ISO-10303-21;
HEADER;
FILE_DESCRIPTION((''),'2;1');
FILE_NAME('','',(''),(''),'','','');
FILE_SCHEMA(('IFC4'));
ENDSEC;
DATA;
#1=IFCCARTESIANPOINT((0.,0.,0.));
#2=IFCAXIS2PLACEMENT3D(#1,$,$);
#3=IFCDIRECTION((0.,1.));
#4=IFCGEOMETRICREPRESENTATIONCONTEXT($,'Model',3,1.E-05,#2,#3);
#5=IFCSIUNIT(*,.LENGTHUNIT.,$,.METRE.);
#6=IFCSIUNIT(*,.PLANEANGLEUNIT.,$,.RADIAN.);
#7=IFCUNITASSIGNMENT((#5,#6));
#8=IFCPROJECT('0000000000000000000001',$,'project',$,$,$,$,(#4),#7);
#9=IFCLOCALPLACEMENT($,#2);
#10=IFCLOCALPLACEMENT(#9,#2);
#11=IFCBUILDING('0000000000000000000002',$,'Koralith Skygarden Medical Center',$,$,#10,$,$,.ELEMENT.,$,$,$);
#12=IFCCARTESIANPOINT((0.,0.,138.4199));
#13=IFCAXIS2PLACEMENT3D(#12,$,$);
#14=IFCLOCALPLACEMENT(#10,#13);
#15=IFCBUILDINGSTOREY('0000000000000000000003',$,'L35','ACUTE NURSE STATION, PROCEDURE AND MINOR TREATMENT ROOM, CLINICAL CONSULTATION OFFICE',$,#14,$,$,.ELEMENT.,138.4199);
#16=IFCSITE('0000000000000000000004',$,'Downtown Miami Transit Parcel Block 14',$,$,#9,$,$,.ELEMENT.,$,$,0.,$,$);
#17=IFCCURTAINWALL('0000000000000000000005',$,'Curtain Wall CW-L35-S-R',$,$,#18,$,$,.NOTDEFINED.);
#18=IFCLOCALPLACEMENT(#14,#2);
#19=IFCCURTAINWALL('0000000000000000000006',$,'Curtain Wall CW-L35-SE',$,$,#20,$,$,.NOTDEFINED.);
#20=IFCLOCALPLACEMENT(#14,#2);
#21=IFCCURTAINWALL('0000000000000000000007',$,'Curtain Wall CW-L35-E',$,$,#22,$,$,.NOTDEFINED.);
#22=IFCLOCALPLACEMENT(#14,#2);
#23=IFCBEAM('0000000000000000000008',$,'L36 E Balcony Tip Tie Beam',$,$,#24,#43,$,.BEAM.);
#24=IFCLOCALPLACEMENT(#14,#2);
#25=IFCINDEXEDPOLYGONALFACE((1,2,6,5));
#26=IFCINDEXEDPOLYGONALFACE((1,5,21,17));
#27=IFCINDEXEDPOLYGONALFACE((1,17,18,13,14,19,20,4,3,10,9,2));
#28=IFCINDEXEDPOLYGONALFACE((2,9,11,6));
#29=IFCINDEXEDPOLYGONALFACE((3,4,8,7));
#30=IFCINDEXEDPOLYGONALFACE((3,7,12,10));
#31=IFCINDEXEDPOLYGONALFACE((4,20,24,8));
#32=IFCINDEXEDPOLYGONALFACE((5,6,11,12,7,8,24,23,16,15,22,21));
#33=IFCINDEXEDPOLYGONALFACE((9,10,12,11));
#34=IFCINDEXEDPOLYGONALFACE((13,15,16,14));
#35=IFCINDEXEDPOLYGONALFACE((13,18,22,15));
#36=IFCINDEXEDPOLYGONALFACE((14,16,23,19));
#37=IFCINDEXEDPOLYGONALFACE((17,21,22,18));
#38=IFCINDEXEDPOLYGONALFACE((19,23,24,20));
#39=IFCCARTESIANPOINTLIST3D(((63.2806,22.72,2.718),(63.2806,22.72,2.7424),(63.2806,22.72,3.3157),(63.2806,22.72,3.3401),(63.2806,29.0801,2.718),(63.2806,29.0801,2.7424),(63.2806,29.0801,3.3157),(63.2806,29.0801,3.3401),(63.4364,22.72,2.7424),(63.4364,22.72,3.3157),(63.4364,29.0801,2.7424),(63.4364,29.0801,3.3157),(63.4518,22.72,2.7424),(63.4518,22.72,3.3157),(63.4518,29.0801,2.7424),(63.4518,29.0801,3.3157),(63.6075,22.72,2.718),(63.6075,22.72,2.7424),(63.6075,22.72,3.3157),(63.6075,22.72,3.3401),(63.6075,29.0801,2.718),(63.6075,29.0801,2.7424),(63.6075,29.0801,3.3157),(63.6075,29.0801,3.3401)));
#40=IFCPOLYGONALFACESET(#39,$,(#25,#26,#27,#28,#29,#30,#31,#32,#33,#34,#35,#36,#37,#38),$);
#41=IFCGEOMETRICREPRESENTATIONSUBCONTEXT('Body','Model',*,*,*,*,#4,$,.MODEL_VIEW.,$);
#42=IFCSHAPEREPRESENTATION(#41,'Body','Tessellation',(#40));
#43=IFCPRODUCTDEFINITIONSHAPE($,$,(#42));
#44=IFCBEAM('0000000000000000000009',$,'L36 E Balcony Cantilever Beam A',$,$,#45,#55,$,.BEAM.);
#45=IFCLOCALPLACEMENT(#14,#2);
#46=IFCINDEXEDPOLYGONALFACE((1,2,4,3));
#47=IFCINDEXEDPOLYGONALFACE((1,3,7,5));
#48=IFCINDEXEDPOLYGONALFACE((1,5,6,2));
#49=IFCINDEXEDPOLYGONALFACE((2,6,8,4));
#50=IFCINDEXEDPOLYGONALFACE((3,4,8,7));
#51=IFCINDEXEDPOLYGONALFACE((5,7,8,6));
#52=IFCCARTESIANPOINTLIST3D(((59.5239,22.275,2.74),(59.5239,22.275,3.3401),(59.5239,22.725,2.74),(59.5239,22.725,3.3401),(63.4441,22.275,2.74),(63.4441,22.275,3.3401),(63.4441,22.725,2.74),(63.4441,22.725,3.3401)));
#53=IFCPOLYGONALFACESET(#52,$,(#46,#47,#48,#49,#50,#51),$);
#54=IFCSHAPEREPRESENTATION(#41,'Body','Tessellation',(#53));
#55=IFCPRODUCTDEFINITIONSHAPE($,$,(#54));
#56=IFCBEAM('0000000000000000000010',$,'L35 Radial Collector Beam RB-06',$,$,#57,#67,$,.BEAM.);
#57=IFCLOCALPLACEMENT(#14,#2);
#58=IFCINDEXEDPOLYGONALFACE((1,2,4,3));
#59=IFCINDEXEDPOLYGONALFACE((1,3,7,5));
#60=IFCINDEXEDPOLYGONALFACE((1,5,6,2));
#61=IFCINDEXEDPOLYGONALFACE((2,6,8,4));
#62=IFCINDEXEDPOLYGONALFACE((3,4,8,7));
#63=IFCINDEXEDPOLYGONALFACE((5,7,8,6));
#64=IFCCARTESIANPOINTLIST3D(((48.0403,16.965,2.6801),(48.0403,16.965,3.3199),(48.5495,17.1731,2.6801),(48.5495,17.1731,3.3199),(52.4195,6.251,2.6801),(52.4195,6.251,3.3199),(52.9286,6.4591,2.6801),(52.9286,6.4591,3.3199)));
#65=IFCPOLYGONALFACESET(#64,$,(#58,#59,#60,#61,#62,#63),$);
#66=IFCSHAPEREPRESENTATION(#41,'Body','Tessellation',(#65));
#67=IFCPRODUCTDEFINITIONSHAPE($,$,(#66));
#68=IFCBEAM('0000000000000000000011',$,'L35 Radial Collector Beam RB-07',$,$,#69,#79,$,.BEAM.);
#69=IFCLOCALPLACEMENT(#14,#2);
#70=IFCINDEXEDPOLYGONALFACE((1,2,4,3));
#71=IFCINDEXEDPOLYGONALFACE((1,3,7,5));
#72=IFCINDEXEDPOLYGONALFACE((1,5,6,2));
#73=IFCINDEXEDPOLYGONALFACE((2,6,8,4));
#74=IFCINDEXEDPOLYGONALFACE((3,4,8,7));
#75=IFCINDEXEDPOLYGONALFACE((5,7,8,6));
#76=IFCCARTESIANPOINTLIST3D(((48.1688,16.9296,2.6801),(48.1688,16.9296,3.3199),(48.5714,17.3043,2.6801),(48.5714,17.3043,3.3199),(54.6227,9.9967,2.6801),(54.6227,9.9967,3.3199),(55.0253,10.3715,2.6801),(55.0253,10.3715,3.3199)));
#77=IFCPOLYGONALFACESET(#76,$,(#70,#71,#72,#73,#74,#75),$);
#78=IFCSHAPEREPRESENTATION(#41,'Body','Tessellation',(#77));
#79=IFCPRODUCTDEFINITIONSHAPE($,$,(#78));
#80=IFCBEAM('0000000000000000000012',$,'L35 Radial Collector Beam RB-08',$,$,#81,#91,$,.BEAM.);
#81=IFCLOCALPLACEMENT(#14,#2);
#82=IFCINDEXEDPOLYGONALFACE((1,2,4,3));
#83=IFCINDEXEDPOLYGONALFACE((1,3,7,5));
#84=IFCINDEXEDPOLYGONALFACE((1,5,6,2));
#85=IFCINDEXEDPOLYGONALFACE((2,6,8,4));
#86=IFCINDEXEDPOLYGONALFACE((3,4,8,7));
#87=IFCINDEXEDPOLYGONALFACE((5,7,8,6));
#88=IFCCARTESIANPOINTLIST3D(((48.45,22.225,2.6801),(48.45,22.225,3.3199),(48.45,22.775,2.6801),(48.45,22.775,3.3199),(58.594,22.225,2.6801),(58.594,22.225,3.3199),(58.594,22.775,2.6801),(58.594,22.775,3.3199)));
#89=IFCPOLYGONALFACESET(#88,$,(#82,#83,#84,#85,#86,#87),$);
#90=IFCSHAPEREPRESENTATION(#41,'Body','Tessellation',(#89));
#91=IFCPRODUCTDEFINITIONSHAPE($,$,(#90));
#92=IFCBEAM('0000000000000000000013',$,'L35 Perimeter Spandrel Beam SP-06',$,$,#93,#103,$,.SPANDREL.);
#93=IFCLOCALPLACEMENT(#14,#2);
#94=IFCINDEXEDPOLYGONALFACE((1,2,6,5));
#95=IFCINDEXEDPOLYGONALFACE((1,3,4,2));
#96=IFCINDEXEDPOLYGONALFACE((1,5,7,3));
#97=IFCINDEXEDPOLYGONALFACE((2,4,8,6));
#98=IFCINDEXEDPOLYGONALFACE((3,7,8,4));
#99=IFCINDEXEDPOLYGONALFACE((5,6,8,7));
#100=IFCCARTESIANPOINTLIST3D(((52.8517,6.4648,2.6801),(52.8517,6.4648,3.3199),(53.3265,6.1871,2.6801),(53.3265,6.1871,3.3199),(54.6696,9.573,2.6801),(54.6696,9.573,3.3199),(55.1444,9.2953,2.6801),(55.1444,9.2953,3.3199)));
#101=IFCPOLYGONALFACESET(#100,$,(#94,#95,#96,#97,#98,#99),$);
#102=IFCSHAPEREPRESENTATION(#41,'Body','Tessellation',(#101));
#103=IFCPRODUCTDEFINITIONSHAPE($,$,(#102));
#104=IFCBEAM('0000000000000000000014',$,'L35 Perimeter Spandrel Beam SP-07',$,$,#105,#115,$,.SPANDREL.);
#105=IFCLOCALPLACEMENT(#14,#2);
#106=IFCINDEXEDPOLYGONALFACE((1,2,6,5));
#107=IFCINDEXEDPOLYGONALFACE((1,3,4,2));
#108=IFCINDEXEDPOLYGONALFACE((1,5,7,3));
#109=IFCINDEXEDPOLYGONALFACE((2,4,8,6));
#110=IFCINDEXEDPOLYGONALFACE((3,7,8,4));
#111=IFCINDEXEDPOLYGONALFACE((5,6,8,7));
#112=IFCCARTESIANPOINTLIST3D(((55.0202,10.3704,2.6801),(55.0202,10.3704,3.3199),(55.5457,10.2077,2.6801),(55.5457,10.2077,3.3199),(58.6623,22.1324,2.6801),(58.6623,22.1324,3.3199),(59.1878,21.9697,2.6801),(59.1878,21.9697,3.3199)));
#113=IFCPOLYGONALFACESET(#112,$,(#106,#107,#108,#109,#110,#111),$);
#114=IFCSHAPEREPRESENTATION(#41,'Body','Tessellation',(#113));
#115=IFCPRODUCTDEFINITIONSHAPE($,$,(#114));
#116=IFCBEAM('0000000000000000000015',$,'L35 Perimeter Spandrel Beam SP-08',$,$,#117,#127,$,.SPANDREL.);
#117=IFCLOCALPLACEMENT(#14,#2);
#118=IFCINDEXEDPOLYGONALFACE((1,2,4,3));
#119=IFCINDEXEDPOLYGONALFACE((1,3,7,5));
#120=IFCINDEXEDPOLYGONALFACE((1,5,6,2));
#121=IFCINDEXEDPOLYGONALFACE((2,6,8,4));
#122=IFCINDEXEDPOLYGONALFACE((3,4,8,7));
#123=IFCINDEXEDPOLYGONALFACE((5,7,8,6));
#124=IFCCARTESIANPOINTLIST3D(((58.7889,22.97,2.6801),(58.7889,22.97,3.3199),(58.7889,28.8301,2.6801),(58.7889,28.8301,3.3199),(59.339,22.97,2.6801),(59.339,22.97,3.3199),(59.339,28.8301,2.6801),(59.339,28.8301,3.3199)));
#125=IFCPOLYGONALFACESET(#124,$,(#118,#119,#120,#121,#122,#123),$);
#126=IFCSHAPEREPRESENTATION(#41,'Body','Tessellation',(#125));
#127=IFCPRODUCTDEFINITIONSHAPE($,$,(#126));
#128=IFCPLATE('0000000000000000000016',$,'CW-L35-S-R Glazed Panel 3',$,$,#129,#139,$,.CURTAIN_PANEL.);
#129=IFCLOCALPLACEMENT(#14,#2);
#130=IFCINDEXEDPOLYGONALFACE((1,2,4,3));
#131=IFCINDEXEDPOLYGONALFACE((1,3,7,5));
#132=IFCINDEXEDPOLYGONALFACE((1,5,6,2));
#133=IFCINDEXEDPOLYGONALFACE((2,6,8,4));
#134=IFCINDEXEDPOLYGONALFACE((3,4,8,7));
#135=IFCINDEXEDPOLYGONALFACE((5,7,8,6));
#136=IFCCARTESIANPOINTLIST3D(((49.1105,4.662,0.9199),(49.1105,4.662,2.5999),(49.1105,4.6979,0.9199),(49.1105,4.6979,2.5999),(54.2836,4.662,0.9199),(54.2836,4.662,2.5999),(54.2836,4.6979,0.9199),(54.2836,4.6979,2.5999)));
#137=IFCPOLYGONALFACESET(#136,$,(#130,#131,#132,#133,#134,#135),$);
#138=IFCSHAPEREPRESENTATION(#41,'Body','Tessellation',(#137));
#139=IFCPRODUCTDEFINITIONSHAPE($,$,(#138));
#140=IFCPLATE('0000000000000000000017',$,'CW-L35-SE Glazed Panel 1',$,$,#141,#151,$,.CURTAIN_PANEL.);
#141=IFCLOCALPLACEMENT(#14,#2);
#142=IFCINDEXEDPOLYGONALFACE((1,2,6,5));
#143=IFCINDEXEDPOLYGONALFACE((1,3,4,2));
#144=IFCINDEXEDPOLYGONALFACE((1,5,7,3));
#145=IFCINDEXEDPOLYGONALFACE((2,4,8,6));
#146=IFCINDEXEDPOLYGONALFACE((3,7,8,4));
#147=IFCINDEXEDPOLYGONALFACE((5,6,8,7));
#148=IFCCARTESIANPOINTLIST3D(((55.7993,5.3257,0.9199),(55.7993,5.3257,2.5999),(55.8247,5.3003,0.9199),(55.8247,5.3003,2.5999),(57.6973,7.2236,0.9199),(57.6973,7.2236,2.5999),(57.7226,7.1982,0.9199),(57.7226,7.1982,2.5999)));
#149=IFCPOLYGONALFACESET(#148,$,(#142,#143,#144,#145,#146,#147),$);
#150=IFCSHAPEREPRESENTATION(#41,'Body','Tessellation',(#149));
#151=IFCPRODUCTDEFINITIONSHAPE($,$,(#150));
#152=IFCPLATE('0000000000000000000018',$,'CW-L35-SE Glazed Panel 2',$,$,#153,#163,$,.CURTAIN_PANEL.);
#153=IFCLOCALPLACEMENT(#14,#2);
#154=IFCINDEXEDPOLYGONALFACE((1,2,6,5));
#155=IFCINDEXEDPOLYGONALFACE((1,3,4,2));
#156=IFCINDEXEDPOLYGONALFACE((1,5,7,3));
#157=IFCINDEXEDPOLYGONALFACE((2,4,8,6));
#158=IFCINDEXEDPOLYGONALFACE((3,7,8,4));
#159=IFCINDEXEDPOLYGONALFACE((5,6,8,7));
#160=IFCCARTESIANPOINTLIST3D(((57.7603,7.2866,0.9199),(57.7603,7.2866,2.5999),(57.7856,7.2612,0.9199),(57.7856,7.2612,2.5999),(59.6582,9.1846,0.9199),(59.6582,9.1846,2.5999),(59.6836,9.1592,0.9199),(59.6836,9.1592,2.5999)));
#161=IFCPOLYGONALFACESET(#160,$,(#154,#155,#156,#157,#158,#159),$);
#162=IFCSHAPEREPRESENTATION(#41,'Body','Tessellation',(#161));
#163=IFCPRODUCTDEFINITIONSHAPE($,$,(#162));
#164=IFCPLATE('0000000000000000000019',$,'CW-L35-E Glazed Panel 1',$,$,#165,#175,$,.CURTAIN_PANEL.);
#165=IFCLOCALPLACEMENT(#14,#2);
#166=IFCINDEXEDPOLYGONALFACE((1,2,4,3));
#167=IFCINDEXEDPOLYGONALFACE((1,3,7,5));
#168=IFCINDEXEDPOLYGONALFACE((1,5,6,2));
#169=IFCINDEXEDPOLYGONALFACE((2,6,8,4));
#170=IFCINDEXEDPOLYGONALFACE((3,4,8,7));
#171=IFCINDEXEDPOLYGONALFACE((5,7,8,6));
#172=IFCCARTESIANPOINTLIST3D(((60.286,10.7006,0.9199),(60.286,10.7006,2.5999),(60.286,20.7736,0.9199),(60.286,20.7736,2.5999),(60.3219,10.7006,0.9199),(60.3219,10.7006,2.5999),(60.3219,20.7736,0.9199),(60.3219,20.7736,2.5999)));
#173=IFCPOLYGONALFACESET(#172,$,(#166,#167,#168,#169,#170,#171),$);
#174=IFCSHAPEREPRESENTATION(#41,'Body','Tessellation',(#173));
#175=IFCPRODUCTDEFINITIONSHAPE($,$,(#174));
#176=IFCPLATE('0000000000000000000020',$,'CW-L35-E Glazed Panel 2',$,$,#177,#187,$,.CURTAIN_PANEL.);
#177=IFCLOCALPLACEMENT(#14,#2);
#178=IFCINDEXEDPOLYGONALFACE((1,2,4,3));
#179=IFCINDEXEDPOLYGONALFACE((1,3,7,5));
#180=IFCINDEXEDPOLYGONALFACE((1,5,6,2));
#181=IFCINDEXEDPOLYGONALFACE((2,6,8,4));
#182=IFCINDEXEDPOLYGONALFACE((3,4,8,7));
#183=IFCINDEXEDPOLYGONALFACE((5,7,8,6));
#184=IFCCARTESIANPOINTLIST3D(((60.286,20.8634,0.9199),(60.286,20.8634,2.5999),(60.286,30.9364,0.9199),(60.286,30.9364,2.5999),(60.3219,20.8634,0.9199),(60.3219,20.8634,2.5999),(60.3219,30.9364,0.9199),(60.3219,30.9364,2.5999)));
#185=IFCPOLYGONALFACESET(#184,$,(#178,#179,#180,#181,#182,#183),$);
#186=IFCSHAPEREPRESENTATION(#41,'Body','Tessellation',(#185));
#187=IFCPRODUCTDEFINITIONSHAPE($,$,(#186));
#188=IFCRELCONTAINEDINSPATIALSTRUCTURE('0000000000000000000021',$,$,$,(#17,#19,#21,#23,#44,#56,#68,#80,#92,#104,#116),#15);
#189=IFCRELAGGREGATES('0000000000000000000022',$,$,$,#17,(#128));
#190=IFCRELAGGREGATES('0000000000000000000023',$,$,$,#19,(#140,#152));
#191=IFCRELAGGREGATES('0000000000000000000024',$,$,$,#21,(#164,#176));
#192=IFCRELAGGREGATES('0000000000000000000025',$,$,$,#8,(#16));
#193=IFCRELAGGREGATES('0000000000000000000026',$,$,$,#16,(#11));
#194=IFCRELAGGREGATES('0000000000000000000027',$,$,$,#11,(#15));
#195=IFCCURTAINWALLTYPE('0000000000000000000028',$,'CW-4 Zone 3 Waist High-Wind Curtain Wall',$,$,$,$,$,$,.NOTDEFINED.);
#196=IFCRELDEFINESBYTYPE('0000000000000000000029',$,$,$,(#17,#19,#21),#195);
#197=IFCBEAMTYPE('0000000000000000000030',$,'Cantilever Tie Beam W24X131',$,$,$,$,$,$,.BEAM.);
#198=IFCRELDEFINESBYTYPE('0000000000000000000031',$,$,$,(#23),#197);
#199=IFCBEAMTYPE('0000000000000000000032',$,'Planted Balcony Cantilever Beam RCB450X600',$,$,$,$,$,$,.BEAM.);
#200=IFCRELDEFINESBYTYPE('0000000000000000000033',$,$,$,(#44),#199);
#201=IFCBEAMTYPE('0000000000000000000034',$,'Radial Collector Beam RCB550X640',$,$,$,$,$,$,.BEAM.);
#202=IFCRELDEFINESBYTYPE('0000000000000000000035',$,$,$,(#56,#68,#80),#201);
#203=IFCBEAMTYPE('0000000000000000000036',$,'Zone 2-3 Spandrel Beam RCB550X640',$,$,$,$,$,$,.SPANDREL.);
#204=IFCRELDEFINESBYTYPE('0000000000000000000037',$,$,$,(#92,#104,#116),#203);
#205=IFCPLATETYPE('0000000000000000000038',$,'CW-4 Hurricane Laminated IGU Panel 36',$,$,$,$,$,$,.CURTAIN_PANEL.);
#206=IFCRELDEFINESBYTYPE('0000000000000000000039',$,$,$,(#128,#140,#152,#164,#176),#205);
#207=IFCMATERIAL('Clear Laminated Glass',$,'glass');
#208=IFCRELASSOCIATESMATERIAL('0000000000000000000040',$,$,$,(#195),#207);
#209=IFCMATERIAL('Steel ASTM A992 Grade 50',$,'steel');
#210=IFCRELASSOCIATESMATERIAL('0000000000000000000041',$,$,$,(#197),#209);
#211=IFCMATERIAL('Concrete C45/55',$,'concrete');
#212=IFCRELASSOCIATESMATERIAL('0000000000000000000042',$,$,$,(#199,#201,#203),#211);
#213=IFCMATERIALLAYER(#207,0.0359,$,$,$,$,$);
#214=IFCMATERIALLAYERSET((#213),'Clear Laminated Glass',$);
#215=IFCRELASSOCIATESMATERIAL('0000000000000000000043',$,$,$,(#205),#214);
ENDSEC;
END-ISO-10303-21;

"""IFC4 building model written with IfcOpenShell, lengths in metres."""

from ifc_helpers import new_model, si_unit, direction, frame, origin, origin_2d, place, context, subcontext, project, spatial, rectangle, i_section, extrude, material, layer, layer_set, material_profile, profile_set, type_object, element, aggregate, save


model = new_model("IFC4")

# Units and contexts
model_context = context("Model", 3, precision=1e-05, world=origin(), true_north=direction((0.0, 1.0)))
body_context = subcontext(model_context, "Body", "Model", "MODEL_VIEW")
ifc_project = project(units=[si_unit("LENGTHUNIT", "METRE"), si_unit("PLANEANGLEUNIT", "RADIAN")], contexts=[model_context])

# Site, building, storey
site_placement = place(None, origin())
site = spatial("IfcSite", under=ifc_project, at=site_placement, Name="Downtown Miami Transit Parcel Block 14", CompositionType="ELEMENT", RefElevation=0.0)
building_placement = place(site_placement, origin())
building = spatial("IfcBuilding", under=site, at=building_placement, Name="Koralith Skygarden Medical Center", CompositionType="ELEMENT")
storey_placement = place(building_placement, frame((0.0, 0.0, 138.4199)))
storey = spatial("IfcBuildingStorey", under=building, at=storey_placement, Name="L35", Description="ACUTE NURSE STATION, PROCEDURE AND MINOR TREATMENT ROOM, CLINICAL CONSULTATION OFFICE", CompositionType="ELEMENT", Elevation=138.4199)

# Curtain walls
ifc_material_1 = material(Name="Clear Laminated Glass", Category="glass")
curtain_wall_type = type_object("IfcCurtainWallType", Name="CW-4 Zone 3 Waist High-Wind Curtain Wall", PredefinedType="NOTDEFINED", material=ifc_material_1)
curtain_wall_1_placement = place(storey_placement, origin())
curtain_wall_1 = element("IfcCurtainWall", 1, at=curtain_wall_1_placement, inside=storey, type_object=curtain_wall_type, Name="Curtain Wall CW-L35-S-R", PredefinedType="NOTDEFINED")
curtain_wall_2_placement = place(storey_placement, origin())
curtain_wall_2 = element("IfcCurtainWall", 2, at=curtain_wall_2_placement, inside=storey, type_object=curtain_wall_type, Name="Curtain Wall CW-L35-SE", PredefinedType="NOTDEFINED")
curtain_wall_3_placement = place(storey_placement, origin())
curtain_wall_3 = element("IfcCurtainWall", 3, at=curtain_wall_3_placement, inside=storey, type_object=curtain_wall_type, Name="Curtain Wall CW-L35-E", PredefinedType="NOTDEFINED")

# Beams
ifc_material_2 = material(Name="Steel ASTM A992 Grade 50", Category="steel")
ifc_material_profile_1 = material_profile(ifc_material_2, i_section(OverallWidth=0.3269, OverallDepth=0.6221, WebThickness=0.0154, FlangeThickness=0.0244, at=origin_2d()), Name="W24X131")
ifc_profile_set_1 = profile_set([ifc_material_profile_1], Name="Steel ASTM A992 Grade 50")
beam_type_1 = type_object("IfcBeamType", Name="Cantilever Tie Beam W24X131", PredefinedType="BEAM", material=ifc_profile_set_1)
beam_1_placement = place(storey_placement, frame((63.4441, 22.72, 3.0291), z_axis=(0.0, 1.0, 0.0), x_axis=(-1.0, 0.0, 0.0)))
element("IfcBeam", 4, at=beam_1_placement, inside=storey, type_object=beam_type_1, Name="L36 E Balcony Tip Tie Beam", PredefinedType="BEAM", context=body_context, shape_type="SweptSolid", body=[
    extrude(i_section(OverallWidth=0.3269, OverallDepth=0.6221, WebThickness=0.0154, FlangeThickness=0.0244, at=origin_2d()), origin(), (0.0, 0.0, 1.0), 6.3601),
])
ifc_material_3 = material(Name="Concrete C45/55", Category="concrete")
ifc_material_profile_2 = material_profile(ifc_material_3, rectangle(XDim=0.45, YDim=0.6001, at=origin_2d()), Name="RCB450X600")
ifc_profile_set_2 = profile_set([ifc_material_profile_2], Name="Concrete C45/55")
beam_type_2 = type_object("IfcBeamType", Name="Planted Balcony Cantilever Beam RCB450X600", PredefinedType="BEAM", material=ifc_profile_set_2)
beam_2_placement = place(storey_placement, frame((59.5239, 22.5, 3.04), z_axis=(1.0, 0.0, 0.0), x_axis=(0.0, 1.0, 0.0)))
element("IfcBeam", 5, at=beam_2_placement, inside=storey, type_object=beam_type_2, Name="L36 E Balcony Cantilever Beam A", PredefinedType="BEAM", context=body_context, shape_type="SweptSolid", body=[
    extrude(rectangle(XDim=0.45, YDim=0.6001, at=origin_2d()), origin(), (0.0, 0.0, 1.0), 3.9202),
])
ifc_material_profile_3 = material_profile(ifc_material_3, rectangle(XDim=0.55, YDim=0.6399, at=origin_2d()), Name="RCB550X640")
ifc_profile_set_3 = profile_set([ifc_material_profile_3], Name="Concrete C45/55")
beam_type_3 = type_object("IfcBeamType", Name="Radial Collector Beam RCB550X640", PredefinedType="BEAM", material=ifc_profile_set_3)
beam_3_placement = place(storey_placement, frame((48.2949, 17.0691, 3.0), z_axis=(0.378345, -0.925665, 0.0), x_axis=(0.925665, 0.378345, 0.0)))
element("IfcBeam", 6, at=beam_3_placement, inside=storey, type_object=beam_type_3, Name="L35 Radial Collector Beam RB-06", PredefinedType="BEAM", context=body_context, shape_type="SweptSolid", body=[
    extrude(rectangle(XDim=0.55, YDim=0.6399, at=origin_2d()), origin(), (0.0, 0.0, 1.0), 11.5745),
])
beam_4_placement = place(storey_placement, frame((48.3701, 17.1169, 3.0), z_axis=(0.681369, -0.73194, 0.0), x_axis=(0.73194, 0.681369, 0.0)))
element("IfcBeam", 7, at=beam_4_placement, inside=storey, type_object=beam_type_3, Name="L35 Radial Collector Beam RB-07", PredefinedType="BEAM", context=body_context, shape_type="SweptSolid", body=[
    extrude(rectangle(XDim=0.55, YDim=0.6399, at=origin_2d()), origin(), (0.0, 0.0, 1.0), 9.4719),
])
beam_5_placement = place(storey_placement, frame((48.45, 22.5, 3.0), z_axis=(1.0, 0.0, 0.0), x_axis=(0.0, 1.0, 0.0)))
element("IfcBeam", 8, at=beam_5_placement, inside=storey, type_object=beam_type_3, Name="L35 Radial Collector Beam RB-08", PredefinedType="BEAM", context=body_context, shape_type="SweptSolid", body=[
    extrude(rectangle(XDim=0.55, YDim=0.6399, at=origin_2d()), origin(), (0.0, 0.0, 1.0), 10.144),
])
ifc_material_profile_4 = material_profile(ifc_material_3, rectangle(XDim=0.55, YDim=0.6399, at=origin_2d()), Name="RCB550X640")
ifc_profile_set_4 = profile_set([ifc_material_profile_4], Name="Concrete C45/55")
beam_type_4 = type_object("IfcBeamType", Name="Zone 2-3 Spandrel Beam RCB550X640", PredefinedType="SPANDREL", material=ifc_profile_set_4)
beam_6_placement = place(storey_placement, frame((53.0891, 6.3259, 3.0), z_axis=(0.504861, 0.8632, 0.0), x_axis=(-0.8632, 0.504861, 0.0)))
element("IfcBeam", 9, at=beam_6_placement, inside=storey, type_object=beam_type_4, Name="L35 Perimeter Spandrel Beam SP-06", PredefinedType="SPANDREL", context=body_context, shape_type="SweptSolid", body=[
    extrude(rectangle(XDim=0.55, YDim=0.6399, at=origin_2d()), origin(), (0.0, 0.0, 1.0), 3.6008),
])
beam_7_placement = place(storey_placement, frame((55.283, 10.2891, 3.0), z_axis=(0.295794, 0.955252, 0.0), x_axis=(-0.955252, 0.295794, 0.0)))
element("IfcBeam", 10, at=beam_7_placement, inside=storey, type_object=beam_type_4, Name="L35 Perimeter Spandrel Beam SP-07", PredefinedType="SPANDREL", context=body_context, shape_type="SweptSolid", body=[
    extrude(rectangle(XDim=0.55, YDim=0.6399, at=origin_2d()), origin(), (0.0, 0.0, 1.0), 12.313),
])
beam_8_placement = place(storey_placement, frame((59.064, 22.97, 3.0), z_axis=(0.0, 1.0, 0.0), x_axis=(-1.0, 0.0, 0.0)))
element("IfcBeam", 11, at=beam_8_placement, inside=storey, type_object=beam_type_4, Name="L35 Perimeter Spandrel Beam SP-08", PredefinedType="SPANDREL", context=body_context, shape_type="SweptSolid", body=[
    extrude(rectangle(XDim=0.55, YDim=0.6399, at=origin_2d()), origin(), (0.0, 0.0, 1.0), 5.8601),
])

# Plates
ifc_layer_1 = layer(ifc_material_1, 0.0359)
ifc_layer_set_1 = layer_set([ifc_layer_1], Name="Clear Laminated Glass")
plate_type_1 = type_object("IfcPlateType", Name="CW-4 Hurricane Laminated IGU Panel 36", PredefinedType="CURTAIN_PANEL", material=ifc_layer_set_1)
plate_1_placement = place(storey_placement, frame((51.697, 4.6799, 0.9199), z_axis=(0.0, 0.0, 1.0), x_axis=(1.0, 0.0, 0.0)))
plate_1 = element("IfcPlate", 12, at=plate_1_placement, type_object=plate_type_1, Name="CW-L35-S-R Glazed Panel 3", PredefinedType="CURTAIN_PANEL", context=body_context, shape_type="SweptSolid", body=[
    extrude(rectangle(XDim=5.1731, YDim=0.0359, at=origin_2d()), origin(), (0.0, 0.0, 1.0), 1.6799),
])
aggregate(curtain_wall_1, [plate_1])
plate_2_placement = place(storey_placement, frame((56.761, 6.262, 0.9199), z_axis=(0.0, 0.0, 1.0), x_axis=(0.707107, 0.707107, 0.0)))
plate_2 = element("IfcPlate", 13, at=plate_2_placement, type_object=plate_type_1, Name="CW-L35-SE Glazed Panel 1", PredefinedType="CURTAIN_PANEL", context=body_context, shape_type="SweptSolid", body=[
    extrude(rectangle(XDim=2.6841, YDim=0.0359, at=origin_2d()), origin(), (0.0, 0.0, 1.0), 1.6799),
])
plate_3_placement = place(storey_placement, frame((58.7219, 8.2229, 0.9199), z_axis=(0.0, 0.0, 1.0), x_axis=(0.707107, 0.707107, 0.0)))
plate_3 = element("IfcPlate", 14, at=plate_3_placement, type_object=plate_type_1, Name="CW-L35-SE Glazed Panel 2", PredefinedType="CURTAIN_PANEL", context=body_context, shape_type="SweptSolid", body=[
    extrude(rectangle(XDim=2.6841, YDim=0.0359, at=origin_2d()), origin(), (0.0, 0.0, 1.0), 1.6799),
])
aggregate(curtain_wall_2, [plate_2, plate_3])
plate_4_placement = place(storey_placement, frame((60.304, 15.7371, 0.9199), z_axis=(0.0, 0.0, 1.0), x_axis=(0.0, 1.0, 0.0)))
plate_4 = element("IfcPlate", 15, at=plate_4_placement, type_object=plate_type_1, Name="CW-L35-E Glazed Panel 1", PredefinedType="CURTAIN_PANEL", context=body_context, shape_type="SweptSolid", body=[
    extrude(rectangle(XDim=10.073, YDim=0.0359, at=origin_2d()), origin(), (0.0, 0.0, 1.0), 1.6799),
])
plate_5_placement = place(storey_placement, frame((60.304, 25.8999, 0.9199), z_axis=(0.0, 0.0, 1.0), x_axis=(0.0, 1.0, 0.0)))
plate_5 = element("IfcPlate", 16, at=plate_5_placement, type_object=plate_type_1, Name="CW-L35-E Glazed Panel 2", PredefinedType="CURTAIN_PANEL", context=body_context, shape_type="SweptSolid", body=[
    extrude(rectangle(XDim=10.073, YDim=0.0359, at=origin_2d()), origin(), (0.0, 0.0, 1.0), 1.6799),
])
aggregate(curtain_wall_3, [plate_4, plate_5])

save(model, "model.ifc")
